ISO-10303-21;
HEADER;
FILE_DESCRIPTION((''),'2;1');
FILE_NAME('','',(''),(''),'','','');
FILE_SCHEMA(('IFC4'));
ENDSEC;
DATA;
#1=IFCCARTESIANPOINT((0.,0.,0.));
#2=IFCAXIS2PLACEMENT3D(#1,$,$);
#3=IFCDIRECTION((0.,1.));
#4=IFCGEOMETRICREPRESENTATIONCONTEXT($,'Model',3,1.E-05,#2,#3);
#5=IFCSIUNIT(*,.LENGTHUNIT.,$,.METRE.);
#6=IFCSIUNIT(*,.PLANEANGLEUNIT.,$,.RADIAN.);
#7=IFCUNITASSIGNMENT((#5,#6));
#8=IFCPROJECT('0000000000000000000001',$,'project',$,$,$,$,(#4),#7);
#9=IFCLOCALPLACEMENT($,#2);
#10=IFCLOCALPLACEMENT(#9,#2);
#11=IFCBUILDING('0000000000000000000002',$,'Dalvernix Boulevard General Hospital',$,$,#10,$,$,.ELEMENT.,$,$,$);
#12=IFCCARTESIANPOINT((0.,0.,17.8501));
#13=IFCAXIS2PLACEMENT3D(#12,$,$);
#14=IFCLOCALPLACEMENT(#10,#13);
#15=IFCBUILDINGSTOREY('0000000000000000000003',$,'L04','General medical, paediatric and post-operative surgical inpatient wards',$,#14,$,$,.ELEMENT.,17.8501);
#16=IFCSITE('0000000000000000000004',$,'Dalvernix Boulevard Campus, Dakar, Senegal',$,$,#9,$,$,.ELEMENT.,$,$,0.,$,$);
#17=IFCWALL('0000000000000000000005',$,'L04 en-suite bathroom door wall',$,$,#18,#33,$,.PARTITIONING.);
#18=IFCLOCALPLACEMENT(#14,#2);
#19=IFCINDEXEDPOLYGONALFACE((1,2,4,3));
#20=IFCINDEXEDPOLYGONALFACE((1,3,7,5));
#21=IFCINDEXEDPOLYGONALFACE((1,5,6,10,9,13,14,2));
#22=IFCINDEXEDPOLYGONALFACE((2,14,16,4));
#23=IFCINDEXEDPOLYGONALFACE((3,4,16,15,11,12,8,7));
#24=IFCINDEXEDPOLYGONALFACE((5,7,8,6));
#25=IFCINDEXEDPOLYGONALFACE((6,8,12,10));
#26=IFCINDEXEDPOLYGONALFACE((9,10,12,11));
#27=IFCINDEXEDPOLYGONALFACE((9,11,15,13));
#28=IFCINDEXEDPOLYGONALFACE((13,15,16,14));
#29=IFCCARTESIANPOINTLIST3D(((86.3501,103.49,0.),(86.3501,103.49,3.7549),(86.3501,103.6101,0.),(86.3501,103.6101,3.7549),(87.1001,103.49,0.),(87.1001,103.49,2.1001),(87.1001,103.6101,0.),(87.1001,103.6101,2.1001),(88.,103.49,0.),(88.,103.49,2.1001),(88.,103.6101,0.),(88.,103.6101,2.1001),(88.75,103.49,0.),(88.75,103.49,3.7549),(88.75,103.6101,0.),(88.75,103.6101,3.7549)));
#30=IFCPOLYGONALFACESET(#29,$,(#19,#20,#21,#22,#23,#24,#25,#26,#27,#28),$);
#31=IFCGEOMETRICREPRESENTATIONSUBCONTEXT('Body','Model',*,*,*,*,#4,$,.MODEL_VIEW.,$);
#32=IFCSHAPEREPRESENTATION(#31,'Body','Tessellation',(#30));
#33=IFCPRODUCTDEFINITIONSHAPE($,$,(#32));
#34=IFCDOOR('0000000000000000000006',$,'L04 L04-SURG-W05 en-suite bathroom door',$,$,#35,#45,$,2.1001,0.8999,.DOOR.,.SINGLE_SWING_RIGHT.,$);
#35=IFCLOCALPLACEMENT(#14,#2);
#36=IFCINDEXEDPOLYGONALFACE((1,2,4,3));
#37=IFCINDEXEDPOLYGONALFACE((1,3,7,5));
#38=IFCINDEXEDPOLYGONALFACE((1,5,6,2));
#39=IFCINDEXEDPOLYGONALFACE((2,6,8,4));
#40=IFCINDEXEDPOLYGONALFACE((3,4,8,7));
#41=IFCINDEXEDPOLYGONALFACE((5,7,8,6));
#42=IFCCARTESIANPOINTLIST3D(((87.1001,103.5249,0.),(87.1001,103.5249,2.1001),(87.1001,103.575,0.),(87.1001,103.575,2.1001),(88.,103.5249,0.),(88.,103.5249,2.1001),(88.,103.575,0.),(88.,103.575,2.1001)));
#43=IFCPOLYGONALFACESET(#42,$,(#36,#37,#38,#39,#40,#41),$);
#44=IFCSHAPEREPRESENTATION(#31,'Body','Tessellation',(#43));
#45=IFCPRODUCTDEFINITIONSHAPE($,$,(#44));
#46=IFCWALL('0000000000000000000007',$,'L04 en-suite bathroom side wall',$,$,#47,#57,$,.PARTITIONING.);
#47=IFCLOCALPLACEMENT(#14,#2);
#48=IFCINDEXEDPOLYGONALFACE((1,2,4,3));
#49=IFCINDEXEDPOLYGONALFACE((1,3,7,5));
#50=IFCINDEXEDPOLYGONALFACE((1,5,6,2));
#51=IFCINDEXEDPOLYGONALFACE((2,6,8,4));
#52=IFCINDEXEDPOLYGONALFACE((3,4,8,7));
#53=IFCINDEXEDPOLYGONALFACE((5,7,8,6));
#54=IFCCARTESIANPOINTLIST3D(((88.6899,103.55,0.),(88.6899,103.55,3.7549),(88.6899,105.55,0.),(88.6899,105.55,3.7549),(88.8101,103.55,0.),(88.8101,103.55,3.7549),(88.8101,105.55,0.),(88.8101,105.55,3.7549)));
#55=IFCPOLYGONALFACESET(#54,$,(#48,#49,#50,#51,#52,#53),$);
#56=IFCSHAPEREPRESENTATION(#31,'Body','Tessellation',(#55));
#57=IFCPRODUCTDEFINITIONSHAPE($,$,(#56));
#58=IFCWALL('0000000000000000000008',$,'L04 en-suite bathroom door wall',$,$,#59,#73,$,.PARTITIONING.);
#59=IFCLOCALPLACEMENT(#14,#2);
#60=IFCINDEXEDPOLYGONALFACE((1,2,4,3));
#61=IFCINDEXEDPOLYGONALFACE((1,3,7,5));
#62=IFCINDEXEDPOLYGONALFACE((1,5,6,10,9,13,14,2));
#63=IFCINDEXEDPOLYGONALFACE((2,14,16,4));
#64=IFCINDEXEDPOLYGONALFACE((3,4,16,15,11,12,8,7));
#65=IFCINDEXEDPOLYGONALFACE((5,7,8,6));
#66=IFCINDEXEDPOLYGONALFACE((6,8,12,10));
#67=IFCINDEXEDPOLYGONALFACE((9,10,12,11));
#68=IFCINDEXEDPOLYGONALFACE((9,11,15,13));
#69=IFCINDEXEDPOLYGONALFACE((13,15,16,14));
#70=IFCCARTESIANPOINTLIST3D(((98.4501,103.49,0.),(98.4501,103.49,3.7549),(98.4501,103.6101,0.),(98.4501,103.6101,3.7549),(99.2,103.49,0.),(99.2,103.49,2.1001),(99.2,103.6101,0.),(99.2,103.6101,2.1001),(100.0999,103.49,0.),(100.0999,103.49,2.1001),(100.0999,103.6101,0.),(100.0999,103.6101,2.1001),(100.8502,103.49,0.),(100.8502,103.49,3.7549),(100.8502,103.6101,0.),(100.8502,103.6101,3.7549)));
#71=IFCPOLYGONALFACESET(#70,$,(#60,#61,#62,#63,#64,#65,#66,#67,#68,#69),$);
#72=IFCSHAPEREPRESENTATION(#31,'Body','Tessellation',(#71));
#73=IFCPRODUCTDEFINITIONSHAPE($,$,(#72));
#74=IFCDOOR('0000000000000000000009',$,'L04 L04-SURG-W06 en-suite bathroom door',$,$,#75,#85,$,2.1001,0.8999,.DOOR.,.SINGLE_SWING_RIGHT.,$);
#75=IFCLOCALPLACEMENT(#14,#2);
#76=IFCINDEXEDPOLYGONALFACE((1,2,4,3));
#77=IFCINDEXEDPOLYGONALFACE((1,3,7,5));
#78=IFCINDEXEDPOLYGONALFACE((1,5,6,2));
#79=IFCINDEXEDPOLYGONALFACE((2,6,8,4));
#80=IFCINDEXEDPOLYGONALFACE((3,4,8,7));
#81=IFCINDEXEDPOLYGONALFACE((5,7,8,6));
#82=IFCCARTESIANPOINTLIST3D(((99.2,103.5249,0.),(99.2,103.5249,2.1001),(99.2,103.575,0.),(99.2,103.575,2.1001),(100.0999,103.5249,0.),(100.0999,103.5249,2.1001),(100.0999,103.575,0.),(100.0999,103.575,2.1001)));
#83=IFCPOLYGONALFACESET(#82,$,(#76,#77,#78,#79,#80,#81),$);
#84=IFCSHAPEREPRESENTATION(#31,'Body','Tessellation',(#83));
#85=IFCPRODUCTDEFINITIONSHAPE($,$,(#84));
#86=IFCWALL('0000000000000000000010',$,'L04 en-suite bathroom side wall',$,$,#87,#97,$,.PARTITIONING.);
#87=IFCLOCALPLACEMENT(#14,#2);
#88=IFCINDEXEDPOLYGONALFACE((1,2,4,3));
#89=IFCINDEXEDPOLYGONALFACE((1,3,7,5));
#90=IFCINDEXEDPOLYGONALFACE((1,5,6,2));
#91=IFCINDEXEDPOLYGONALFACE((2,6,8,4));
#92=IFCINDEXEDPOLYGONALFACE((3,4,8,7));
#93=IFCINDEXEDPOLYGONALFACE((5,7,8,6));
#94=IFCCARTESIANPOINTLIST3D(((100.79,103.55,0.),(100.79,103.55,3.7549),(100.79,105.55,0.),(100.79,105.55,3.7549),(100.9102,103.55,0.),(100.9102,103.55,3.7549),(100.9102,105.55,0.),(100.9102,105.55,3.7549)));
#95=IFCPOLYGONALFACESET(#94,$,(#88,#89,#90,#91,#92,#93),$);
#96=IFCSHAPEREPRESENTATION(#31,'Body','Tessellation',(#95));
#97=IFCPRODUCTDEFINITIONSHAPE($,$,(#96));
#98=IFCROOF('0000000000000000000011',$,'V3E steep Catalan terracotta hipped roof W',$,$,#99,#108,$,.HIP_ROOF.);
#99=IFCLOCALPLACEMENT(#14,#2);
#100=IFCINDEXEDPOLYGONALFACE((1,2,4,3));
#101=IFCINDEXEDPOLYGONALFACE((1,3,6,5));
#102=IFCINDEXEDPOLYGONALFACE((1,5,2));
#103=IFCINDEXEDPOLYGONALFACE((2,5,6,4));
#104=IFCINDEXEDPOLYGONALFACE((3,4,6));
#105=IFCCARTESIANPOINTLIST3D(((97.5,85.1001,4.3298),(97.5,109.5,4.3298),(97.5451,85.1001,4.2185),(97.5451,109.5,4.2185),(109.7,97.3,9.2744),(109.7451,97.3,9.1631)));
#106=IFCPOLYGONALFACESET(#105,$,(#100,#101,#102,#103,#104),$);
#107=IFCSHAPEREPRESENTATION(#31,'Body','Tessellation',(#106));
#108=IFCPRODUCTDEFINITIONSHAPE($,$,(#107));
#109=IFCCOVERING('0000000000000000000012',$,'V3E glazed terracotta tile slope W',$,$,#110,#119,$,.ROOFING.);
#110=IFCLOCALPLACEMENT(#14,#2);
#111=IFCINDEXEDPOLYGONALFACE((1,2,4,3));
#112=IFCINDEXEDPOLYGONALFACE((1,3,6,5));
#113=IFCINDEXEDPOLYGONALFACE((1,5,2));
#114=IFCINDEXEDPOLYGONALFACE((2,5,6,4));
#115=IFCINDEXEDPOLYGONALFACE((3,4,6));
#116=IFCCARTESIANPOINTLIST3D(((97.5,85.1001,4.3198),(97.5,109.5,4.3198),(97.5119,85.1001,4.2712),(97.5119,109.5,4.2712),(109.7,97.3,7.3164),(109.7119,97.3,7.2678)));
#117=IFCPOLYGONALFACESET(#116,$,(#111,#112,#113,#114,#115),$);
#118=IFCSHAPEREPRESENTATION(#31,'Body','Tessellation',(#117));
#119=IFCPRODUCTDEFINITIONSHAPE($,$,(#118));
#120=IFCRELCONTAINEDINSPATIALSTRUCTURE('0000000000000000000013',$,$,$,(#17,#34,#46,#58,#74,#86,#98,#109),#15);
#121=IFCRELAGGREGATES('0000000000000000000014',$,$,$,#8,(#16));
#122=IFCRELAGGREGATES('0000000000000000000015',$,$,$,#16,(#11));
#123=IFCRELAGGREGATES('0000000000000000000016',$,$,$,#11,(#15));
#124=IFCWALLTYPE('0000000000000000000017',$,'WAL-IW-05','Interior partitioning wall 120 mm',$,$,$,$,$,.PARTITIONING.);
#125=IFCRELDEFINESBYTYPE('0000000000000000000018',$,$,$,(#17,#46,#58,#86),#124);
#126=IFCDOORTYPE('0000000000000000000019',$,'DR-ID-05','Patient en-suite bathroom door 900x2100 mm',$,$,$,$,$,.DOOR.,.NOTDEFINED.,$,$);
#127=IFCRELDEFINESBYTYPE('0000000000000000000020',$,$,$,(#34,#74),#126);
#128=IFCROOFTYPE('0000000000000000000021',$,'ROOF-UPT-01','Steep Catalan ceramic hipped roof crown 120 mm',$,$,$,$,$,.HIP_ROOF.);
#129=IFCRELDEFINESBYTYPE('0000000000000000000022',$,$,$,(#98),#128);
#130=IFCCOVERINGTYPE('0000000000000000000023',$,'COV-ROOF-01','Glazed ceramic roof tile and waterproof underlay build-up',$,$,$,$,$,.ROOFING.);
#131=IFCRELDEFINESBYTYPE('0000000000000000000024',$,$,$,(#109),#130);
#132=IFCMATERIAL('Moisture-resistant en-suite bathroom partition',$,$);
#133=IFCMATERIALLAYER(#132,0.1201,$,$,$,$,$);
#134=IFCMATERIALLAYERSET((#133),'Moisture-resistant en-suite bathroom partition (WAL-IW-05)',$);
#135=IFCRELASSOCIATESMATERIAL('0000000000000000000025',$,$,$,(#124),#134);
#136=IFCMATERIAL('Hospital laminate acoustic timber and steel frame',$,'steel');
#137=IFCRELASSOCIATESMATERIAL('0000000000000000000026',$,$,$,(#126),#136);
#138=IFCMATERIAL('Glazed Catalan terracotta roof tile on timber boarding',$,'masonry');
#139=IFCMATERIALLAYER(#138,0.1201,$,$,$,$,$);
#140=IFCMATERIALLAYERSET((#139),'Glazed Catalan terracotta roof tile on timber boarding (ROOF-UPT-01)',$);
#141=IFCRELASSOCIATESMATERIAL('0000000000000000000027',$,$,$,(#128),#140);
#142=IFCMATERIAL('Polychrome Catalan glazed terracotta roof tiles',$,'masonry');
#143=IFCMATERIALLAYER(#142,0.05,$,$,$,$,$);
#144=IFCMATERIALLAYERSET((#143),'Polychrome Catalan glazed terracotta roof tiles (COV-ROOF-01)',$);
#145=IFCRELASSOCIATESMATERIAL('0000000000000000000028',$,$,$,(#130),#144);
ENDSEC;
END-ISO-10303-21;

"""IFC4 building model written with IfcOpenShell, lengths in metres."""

from ifc_helpers import new_model, si_unit, direction, frame, frame_2d, origin, place, context, subcontext, project, spatial, polyline, rectangle, outline, extrude, material, layer, layer_set, type_object, element, fill, save


model = new_model("IFC4")

# Units and contexts
model_context = context("Model", 3, precision=1e-05, world=origin(), true_north=direction((0.0, 1.0)))
body_context = subcontext(model_context, "Body", "Model", "MODEL_VIEW")
ifc_project = project(units=[si_unit("LENGTHUNIT", "METRE"), si_unit("PLANEANGLEUNIT", "RADIAN")], contexts=[model_context])

# Site, building, storey
site_placement = place(None, origin())
site = spatial("IfcSite", under=ifc_project, at=site_placement, Name="Dalvernix Boulevard Campus, Dakar, Senegal", CompositionType="ELEMENT", RefElevation=0.0)
building_placement = place(site_placement, origin())
building = spatial("IfcBuilding", under=site, at=building_placement, Name="Dalvernix Boulevard General Hospital", CompositionType="ELEMENT")
storey_placement = place(building_placement, frame((0.0, 0.0, 17.8501)))
storey = spatial("IfcBuildingStorey", under=building, at=storey_placement, Name="L04", Description="General medical, paediatric and post-operative surgical inpatient wards", CompositionType="ELEMENT", Elevation=17.8501)

# Wall, opening, door
ifc_material_1 = material(Name="Hospital laminate acoustic timber and steel frame", Category="steel")
ifc_material_2 = material(Name="Moisture-resistant en-suite bathroom partition")
ifc_layer_1 = layer(ifc_material_2, 0.1201)
ifc_layer_set_1 = layer_set([ifc_layer_1], Name="Moisture-resistant en-suite bathroom partition (WAL-IW-05)")
wall_type_1 = type_object("IfcWallType", Name="WAL-IW-05", Description="Interior partitioning wall 120 mm", PredefinedType="PARTITIONING", material=ifc_layer_set_1)
wall_1_placement = place(storey_placement, frame((86.3501, 103.55, 0.0), z_axis=(0.0, 0.0, 1.0), x_axis=(1.0, 0.0, 0.0)))
wall_1 = element("IfcWall", 1, at=wall_1_placement, inside=storey, type_object=wall_type_1, Name="L04 en-suite bathroom door wall", PredefinedType="PARTITIONING", context=body_context, shape_type="SweptSolid", body=[
    extrude(rectangle(XDim=2.3999, YDim=0.1201, at=frame_2d((1.2, 0.0))), origin(), (0.0, 0.0, 1.0), 3.7549),
])
opening_1_placement = place(wall_1_placement, frame((0.75, 0.0, 0.0)))
opening_1 = element("IfcOpeningElement", 2, at=opening_1_placement, cuts=wall_1, PredefinedType="OPENING", context=body_context, shape_type="SweptSolid", body=[
    extrude(rectangle(XDim=0.8999, YDim=2.1001, at=frame_2d((0.45, 1.05))), frame((0.0, 0.0701, 0.0), z_axis=(0.0, -1.0, 0.0), x_axis=(1.0, 0.0, 0.0)), (0.0, 0.0, 1.0), 0.1401),
])
door_type_1 = type_object("IfcDoorType", Name="DR-ID-05", Description="Patient en-suite bathroom door 900x2100 mm", OperationType="NOTDEFINED", PredefinedType="DOOR", material=ifc_material_1)
door_1_placement = place(opening_1_placement, origin())
door_1 = element("IfcDoor", 3, at=door_1_placement, inside=storey, type_object=door_type_1, Name="L04 L04-SURG-W05 en-suite bathroom door", OperationType="SINGLE_SWING_RIGHT", OverallHeight=2.1001, OverallWidth=0.8999, PredefinedType="DOOR", context=body_context, shape_type="SweptSolid", body=[
    extrude(rectangle(XDim=0.8999, YDim=2.1001, at=frame_2d((0.45, 1.05))), frame((0.0, 0.0249, 0.0), z_axis=(0.0, -1.0, 0.0), x_axis=(1.0, 0.0, 0.0)), (0.0, 0.0, 1.0), 0.05),
])
fill(opening_1, door_1)

# Wall
wall_2_placement = place(storey_placement, frame((88.75, 103.55, 0.0), z_axis=(0.0, 0.0, 1.0), x_axis=(0.0, 1.0, 0.0)))
element("IfcWall", 4, at=wall_2_placement, inside=storey, type_object=wall_type_1, Name="L04 en-suite bathroom side wall", PredefinedType="PARTITIONING", context=body_context, shape_type="SweptSolid", body=[
    extrude(rectangle(XDim=2.0, YDim=0.1201, at=frame_2d((1.0, 0.0))), origin(), (0.0, 0.0, 1.0), 3.7549),
])

# Wall, opening, door
wall_3_placement = place(storey_placement, frame((98.45, 103.55, 0.0), z_axis=(0.0, 0.0, 1.0), x_axis=(1.0, 0.0, 0.0)))
wall_3 = element("IfcWall", 5, at=wall_3_placement, inside=storey, type_object=wall_type_1, Name="L04 en-suite bathroom door wall", PredefinedType="PARTITIONING", context=body_context, shape_type="SweptSolid", body=[
    extrude(rectangle(XDim=2.4001, YDim=0.1201, at=frame_2d((1.2002, 0.0))), origin(), (0.0, 0.0, 1.0), 3.7549),
])
opening_2_placement = place(wall_3_placement, frame((0.75, 0.0, 0.0)))
opening_2 = element("IfcOpeningElement", 6, at=opening_2_placement, cuts=wall_3, PredefinedType="OPENING", context=body_context, shape_type="SweptSolid", body=[
    extrude(rectangle(XDim=0.8999, YDim=2.1001, at=frame_2d((0.45, 1.05))), frame((0.0, 0.0701, 0.0), z_axis=(0.0, -1.0, 0.0), x_axis=(1.0, 0.0, 0.0)), (0.0, 0.0, 1.0), 0.1401),
])
door_2_placement = place(opening_2_placement, origin())
door_2 = element("IfcDoor", 7, at=door_2_placement, inside=storey, type_object=door_type_1, Name="L04 L04-SURG-W06 en-suite bathroom door", OperationType="SINGLE_SWING_RIGHT", OverallHeight=2.1001, OverallWidth=0.8999, PredefinedType="DOOR", context=body_context, shape_type="SweptSolid", body=[
    extrude(rectangle(XDim=0.8999, YDim=2.1001, at=frame_2d((0.45, 1.05))), frame((0.0, 0.0249, 0.0), z_axis=(0.0, -1.0, 0.0), x_axis=(1.0, 0.0, 0.0)), (0.0, 0.0, 1.0), 0.05),
])
fill(opening_2, door_2)

# Wall
wall_4_placement = place(storey_placement, frame((100.8501, 103.55, 0.0), z_axis=(0.0, 0.0, 1.0), x_axis=(0.0, 1.0, 0.0)))
element("IfcWall", 8, at=wall_4_placement, inside=storey, type_object=wall_type_1, Name="L04 en-suite bathroom side wall", PredefinedType="PARTITIONING", context=body_context, shape_type="SweptSolid", body=[
    extrude(rectangle(XDim=2.0, YDim=0.1201, at=frame_2d((1.0, 0.0))), origin(), (0.0, 0.0, 1.0), 3.7549),
])

# Roof
ifc_material_3 = material(Name="Glazed Catalan terracotta roof tile on timber boarding", Category="masonry")
ifc_layer_2 = layer(ifc_material_3, 0.1201)
ifc_layer_set_2 = layer_set([ifc_layer_2], Name="Glazed Catalan terracotta roof tile on timber boarding (ROOF-UPT-01)")
roof_type_1 = type_object("IfcRoofType", Name="ROOF-UPT-01", Description="Steep Catalan ceramic hipped roof crown 120 mm", PredefinedType="HIP_ROOF", material=ifc_layer_set_2)
roof_1_placement = place(storey_placement, frame((97.5, 109.5, 4.3298), z_axis=(-0.375617, 0.0, 0.926775), x_axis=(0.0, -1.0, 0.0)))
element("IfcRoof", 9, at=roof_1_placement, inside=storey, type_object=roof_type_1, Name="V3E steep Catalan terracotta hipped roof W", PredefinedType="HIP_ROOF", context=body_context, shape_type="SweptSolid", body=[
    extrude(outline(polyline([(0.0, 0.0), (24.3999, 0.0), (12.2, 13.1639), (0.0, 0.0)])), origin(), (0.0, 0.0, -1.0), 0.1201),
])

# Covering
ifc_material_4 = material(Name="Polychrome Catalan glazed terracotta roof tiles", Category="masonry")
ifc_layer_3 = layer(ifc_material_4, 0.05)
ifc_layer_set_3 = layer_set([ifc_layer_3], Name="Polychrome Catalan glazed terracotta roof tiles (COV-ROOF-01)")
covering_type = type_object("IfcCoveringType", Name="COV-ROOF-01", Description="Glazed ceramic roof tile and waterproof underlay build-up", PredefinedType="ROOFING", material=ifc_layer_set_3)
covering_placement = place(storey_placement, frame((97.5, 109.5, 4.3198), z_axis=(-0.238532, 0.0, 0.971135), x_axis=(0.0, -1.0, 0.0)))
element("IfcCovering", 10, at=covering_placement, inside=storey, type_object=covering_type, Name="V3E glazed terracotta tile slope W", PredefinedType="ROOFING", context=body_context, shape_type="SweptSolid", body=[
    extrude(outline(polyline([(0.0, 0.0), (24.3999, 0.0), (12.2, 12.5626), (0.0, 0.0)])), origin(), (0.0, 0.0, -1.0), 0.05),
])

save(model, "model.ifc")
